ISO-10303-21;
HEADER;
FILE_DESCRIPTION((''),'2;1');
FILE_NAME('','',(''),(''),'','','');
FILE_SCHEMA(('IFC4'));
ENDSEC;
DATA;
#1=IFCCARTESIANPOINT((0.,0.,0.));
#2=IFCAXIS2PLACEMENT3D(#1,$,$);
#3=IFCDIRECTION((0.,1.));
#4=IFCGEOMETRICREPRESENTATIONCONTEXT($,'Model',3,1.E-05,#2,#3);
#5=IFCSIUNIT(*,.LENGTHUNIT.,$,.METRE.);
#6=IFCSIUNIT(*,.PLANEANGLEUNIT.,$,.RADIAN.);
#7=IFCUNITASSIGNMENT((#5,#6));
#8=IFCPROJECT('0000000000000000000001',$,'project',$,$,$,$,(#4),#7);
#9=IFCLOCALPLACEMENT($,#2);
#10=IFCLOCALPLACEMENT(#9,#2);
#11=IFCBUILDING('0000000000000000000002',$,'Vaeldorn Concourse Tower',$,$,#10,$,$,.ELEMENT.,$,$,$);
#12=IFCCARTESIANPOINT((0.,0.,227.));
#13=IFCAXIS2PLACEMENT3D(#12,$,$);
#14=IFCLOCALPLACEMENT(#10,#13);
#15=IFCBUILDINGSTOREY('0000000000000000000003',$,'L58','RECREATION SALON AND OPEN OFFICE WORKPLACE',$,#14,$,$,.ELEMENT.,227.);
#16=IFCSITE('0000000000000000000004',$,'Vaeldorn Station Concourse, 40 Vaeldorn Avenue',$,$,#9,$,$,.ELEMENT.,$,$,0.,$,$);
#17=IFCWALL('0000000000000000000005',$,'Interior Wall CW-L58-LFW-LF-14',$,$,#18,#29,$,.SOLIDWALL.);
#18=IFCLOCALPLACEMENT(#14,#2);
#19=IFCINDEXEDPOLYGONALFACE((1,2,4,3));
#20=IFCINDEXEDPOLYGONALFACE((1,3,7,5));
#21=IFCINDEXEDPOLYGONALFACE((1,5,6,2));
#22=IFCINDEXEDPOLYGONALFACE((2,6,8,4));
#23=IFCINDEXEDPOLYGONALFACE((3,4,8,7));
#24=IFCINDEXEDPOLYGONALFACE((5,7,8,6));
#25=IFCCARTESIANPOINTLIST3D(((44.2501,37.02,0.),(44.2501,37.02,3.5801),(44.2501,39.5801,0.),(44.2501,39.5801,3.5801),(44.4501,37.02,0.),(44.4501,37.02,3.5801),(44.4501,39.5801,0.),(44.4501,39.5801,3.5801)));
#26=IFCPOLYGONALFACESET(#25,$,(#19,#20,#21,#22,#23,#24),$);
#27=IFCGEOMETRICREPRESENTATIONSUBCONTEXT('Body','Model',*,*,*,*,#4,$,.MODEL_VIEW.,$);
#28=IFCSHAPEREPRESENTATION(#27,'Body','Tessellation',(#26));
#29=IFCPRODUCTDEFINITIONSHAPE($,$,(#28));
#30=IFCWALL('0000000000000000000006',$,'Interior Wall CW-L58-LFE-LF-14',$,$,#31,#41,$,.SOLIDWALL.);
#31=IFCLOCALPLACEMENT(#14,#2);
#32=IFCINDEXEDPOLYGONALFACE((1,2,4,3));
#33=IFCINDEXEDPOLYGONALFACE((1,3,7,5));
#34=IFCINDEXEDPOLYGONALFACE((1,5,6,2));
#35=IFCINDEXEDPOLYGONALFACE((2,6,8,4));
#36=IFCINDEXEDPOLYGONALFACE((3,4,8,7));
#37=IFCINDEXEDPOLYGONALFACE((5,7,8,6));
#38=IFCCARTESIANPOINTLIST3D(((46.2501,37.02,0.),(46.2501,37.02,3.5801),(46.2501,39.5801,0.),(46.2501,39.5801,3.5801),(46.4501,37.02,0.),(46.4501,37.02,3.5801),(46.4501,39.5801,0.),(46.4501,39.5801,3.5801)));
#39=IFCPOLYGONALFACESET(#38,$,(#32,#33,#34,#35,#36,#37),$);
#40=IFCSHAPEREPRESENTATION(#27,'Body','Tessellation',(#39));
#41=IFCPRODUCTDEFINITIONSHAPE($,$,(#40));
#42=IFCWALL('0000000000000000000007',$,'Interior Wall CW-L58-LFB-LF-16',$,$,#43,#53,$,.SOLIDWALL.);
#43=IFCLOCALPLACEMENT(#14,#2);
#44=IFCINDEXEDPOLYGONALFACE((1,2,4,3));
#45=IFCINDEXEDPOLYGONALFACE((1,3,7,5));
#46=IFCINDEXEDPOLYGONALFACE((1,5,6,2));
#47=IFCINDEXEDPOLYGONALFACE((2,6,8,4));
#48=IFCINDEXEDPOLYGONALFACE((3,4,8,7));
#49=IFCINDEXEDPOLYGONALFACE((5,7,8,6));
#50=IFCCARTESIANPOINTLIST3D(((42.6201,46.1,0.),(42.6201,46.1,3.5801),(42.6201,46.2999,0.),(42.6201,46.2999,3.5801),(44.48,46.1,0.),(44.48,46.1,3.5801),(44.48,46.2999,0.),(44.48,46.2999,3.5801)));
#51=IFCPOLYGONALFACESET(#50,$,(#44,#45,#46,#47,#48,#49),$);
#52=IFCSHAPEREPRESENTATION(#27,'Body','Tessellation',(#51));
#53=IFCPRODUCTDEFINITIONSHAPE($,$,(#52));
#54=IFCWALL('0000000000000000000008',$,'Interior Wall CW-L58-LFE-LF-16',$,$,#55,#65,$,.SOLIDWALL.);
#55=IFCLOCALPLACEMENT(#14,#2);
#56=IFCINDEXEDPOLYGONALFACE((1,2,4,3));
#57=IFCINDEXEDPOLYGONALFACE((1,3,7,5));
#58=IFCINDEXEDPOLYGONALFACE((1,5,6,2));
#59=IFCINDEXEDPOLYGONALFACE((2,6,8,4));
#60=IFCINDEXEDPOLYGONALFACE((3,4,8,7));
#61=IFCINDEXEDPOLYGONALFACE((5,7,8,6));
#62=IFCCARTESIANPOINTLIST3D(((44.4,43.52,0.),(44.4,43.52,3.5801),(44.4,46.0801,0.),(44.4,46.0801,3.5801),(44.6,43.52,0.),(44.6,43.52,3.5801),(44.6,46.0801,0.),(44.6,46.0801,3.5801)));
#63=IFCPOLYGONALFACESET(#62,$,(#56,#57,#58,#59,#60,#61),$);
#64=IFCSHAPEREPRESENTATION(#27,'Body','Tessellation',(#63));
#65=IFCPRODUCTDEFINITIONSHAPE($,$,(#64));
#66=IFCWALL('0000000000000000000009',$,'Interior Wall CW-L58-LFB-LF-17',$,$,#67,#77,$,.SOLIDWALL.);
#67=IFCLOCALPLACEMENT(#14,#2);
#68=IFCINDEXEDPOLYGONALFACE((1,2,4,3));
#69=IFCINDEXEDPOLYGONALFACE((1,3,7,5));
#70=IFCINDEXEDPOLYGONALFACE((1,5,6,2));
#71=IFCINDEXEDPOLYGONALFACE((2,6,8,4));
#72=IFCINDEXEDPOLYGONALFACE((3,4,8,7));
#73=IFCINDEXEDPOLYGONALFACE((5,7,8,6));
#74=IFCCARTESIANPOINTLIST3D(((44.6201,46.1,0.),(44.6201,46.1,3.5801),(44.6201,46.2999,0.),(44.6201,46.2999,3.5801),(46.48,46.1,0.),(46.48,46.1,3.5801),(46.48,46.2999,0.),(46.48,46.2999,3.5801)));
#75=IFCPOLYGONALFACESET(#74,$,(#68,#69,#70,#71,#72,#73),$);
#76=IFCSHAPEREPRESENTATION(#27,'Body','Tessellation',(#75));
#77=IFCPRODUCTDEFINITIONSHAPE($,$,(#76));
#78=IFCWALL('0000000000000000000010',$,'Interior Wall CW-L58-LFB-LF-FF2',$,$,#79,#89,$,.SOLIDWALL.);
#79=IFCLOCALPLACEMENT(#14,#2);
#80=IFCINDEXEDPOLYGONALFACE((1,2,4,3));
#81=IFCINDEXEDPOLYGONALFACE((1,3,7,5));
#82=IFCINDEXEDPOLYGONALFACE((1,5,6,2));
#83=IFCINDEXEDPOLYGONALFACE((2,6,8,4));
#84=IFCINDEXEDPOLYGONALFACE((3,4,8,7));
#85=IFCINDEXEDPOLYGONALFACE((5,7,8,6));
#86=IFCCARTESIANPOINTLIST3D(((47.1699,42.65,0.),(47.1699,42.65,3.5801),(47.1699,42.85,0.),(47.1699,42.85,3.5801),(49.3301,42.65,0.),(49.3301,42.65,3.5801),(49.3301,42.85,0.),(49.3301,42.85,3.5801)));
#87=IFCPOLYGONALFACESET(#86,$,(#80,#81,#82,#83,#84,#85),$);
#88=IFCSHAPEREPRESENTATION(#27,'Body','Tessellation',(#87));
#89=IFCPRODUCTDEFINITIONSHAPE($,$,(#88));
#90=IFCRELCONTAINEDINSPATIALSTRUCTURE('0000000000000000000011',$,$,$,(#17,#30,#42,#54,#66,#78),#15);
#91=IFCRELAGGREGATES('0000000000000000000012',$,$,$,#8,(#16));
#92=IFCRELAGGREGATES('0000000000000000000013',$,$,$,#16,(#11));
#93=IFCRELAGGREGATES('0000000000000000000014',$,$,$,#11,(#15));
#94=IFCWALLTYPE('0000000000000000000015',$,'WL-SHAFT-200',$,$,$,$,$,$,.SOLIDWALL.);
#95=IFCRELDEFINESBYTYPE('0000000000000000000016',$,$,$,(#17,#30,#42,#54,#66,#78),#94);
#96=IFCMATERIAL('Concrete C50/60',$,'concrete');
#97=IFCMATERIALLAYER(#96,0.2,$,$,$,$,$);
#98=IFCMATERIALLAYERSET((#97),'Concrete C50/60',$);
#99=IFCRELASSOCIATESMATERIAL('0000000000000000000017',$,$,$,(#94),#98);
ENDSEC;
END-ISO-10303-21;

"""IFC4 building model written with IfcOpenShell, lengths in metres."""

from ifc_helpers import new_model, si_unit, direction, frame, frame_2d, origin, place, context, subcontext, project, spatial, rectangle, extrude, material, layer, layer_set, type_object, element, save


model = new_model("IFC4")

# Units and contexts
model_context = context("Model", 3, precision=1e-05, world=origin(), true_north=direction((0.0, 1.0)))
body_context = subcontext(model_context, "Body", "Model", "MODEL_VIEW")
ifc_project = project(units=[si_unit("LENGTHUNIT", "METRE"), si_unit("PLANEANGLEUNIT", "RADIAN")], contexts=[model_context])

# Site, building, storey
site_placement = place(None, origin())
site = spatial("IfcSite", under=ifc_project, at=site_placement, Name="Vaeldorn Station Concourse, 40 Vaeldorn Avenue", CompositionType="ELEMENT", RefElevation=0.0)
building_placement = place(site_placement, origin())
building = spatial("IfcBuilding", under=site, at=building_placement, Name="Vaeldorn Concourse Tower", CompositionType="ELEMENT")
storey_placement = place(building_placement, frame((0.0, 0.0, 227.0)))
storey = spatial("IfcBuildingStorey", under=building, at=storey_placement, Name="L58", Description="RECREATION SALON AND OPEN OFFICE WORKPLACE", CompositionType="ELEMENT", Elevation=227.0)

# Shared definitions
ifc_material_1 = material(Name="Concrete C50/60", Category="concrete")

# Shared definitions
ifc_layer_1 = layer(ifc_material_1, 0.2)
ifc_layer_set_1 = layer_set([ifc_layer_1], Name="Concrete C50/60")
wall_type_1 = type_object("IfcWallType", Name="WL-SHAFT-200", PredefinedType="SOLIDWALL", material=ifc_layer_set_1)

# Walls
for number, where, z_axis, x_axis, name in (
    (1, (44.3501, 37.02, 0.0), (0.0, 0.0, 1.0), (0.0, 1.0, 0.0), "Interior Wall CW-L58-LFW-LF-14"),
    (2, (46.3501, 37.02, 0.0), (0.0, 0.0, 1.0), (0.0, 1.0, 0.0), "Interior Wall CW-L58-LFE-LF-14"),
):
    element("IfcWall", number, at=place(storey_placement, frame(where, z_axis=z_axis, x_axis=x_axis)), inside=storey, type_object=wall_type_1, Name=name, PredefinedType="SOLIDWALL", context=body_context, shape_type="SweptSolid", body=[
        extrude(rectangle(XDim=2.5601, YDim=0.2, at=frame_2d((1.28, 0.0))), origin(), (0.0, 0.0, 1.0), 3.5801),
    ])

# Walls
wall_1_placement = place(storey_placement, frame((42.6201, 46.2, 0.0), z_axis=(0.0, 0.0, 1.0), x_axis=(1.0, 0.0, 0.0)))
element("IfcWall", 3, at=wall_1_placement, inside=storey, type_object=wall_type_1, Name="Interior Wall CW-L58-LFB-LF-16", PredefinedType="SOLIDWALL", context=body_context, shape_type="SweptSolid", body=[
    extrude(rectangle(XDim=1.8599, YDim=0.2, at=frame_2d((0.9299, 0.0))), origin(), (0.0, 0.0, 1.0), 3.5801),
])
wall_2_placement = place(storey_placement, frame((44.5, 43.52, 0.0), z_axis=(0.0, 0.0, 1.0), x_axis=(0.0, 1.0, 0.0)))
element("IfcWall", 4, at=wall_2_placement, inside=storey, type_object=wall_type_1, Name="Interior Wall CW-L58-LFE-LF-16", PredefinedType="SOLIDWALL", context=body_context, shape_type="SweptSolid", body=[
    extrude(rectangle(XDim=2.5601, YDim=0.2, at=frame_2d((1.28, 0.0))), origin(), (0.0, 0.0, 1.0), 3.5801),
])

# Wall
wall_3_placement = place(storey_placement, frame((44.6201, 46.2, 0.0), z_axis=(0.0, 0.0, 1.0), x_axis=(1.0, 0.0, 0.0)))
element("IfcWall", 5, at=wall_3_placement, inside=storey, type_object=wall_type_1, Name="Interior Wall CW-L58-LFB-LF-17", PredefinedType="SOLIDWALL", context=body_context, shape_type="SweptSolid", body=[
    extrude(rectangle(XDim=1.8599, YDim=0.2, at=frame_2d((0.9299, 0.0))), origin(), (0.0, 0.0, 1.0), 3.5801),
])

# Wall
wall_4_placement = place(storey_placement, frame((47.1699, 42.75, 0.0), z_axis=(0.0, 0.0, 1.0), x_axis=(1.0, 0.0, 0.0)))
element("IfcWall", 6, at=wall_4_placement, inside=storey, type_object=wall_type_1, Name="Interior Wall CW-L58-LFB-LF-FF2", PredefinedType="SOLIDWALL", context=body_context, shape_type="SweptSolid", body=[
    extrude(rectangle(XDim=2.1602, YDim=0.2, at=frame_2d((1.0801, 0.0))), origin(), (0.0, 0.0, 1.0), 3.5801),
])

save(model, "model.ifc")
